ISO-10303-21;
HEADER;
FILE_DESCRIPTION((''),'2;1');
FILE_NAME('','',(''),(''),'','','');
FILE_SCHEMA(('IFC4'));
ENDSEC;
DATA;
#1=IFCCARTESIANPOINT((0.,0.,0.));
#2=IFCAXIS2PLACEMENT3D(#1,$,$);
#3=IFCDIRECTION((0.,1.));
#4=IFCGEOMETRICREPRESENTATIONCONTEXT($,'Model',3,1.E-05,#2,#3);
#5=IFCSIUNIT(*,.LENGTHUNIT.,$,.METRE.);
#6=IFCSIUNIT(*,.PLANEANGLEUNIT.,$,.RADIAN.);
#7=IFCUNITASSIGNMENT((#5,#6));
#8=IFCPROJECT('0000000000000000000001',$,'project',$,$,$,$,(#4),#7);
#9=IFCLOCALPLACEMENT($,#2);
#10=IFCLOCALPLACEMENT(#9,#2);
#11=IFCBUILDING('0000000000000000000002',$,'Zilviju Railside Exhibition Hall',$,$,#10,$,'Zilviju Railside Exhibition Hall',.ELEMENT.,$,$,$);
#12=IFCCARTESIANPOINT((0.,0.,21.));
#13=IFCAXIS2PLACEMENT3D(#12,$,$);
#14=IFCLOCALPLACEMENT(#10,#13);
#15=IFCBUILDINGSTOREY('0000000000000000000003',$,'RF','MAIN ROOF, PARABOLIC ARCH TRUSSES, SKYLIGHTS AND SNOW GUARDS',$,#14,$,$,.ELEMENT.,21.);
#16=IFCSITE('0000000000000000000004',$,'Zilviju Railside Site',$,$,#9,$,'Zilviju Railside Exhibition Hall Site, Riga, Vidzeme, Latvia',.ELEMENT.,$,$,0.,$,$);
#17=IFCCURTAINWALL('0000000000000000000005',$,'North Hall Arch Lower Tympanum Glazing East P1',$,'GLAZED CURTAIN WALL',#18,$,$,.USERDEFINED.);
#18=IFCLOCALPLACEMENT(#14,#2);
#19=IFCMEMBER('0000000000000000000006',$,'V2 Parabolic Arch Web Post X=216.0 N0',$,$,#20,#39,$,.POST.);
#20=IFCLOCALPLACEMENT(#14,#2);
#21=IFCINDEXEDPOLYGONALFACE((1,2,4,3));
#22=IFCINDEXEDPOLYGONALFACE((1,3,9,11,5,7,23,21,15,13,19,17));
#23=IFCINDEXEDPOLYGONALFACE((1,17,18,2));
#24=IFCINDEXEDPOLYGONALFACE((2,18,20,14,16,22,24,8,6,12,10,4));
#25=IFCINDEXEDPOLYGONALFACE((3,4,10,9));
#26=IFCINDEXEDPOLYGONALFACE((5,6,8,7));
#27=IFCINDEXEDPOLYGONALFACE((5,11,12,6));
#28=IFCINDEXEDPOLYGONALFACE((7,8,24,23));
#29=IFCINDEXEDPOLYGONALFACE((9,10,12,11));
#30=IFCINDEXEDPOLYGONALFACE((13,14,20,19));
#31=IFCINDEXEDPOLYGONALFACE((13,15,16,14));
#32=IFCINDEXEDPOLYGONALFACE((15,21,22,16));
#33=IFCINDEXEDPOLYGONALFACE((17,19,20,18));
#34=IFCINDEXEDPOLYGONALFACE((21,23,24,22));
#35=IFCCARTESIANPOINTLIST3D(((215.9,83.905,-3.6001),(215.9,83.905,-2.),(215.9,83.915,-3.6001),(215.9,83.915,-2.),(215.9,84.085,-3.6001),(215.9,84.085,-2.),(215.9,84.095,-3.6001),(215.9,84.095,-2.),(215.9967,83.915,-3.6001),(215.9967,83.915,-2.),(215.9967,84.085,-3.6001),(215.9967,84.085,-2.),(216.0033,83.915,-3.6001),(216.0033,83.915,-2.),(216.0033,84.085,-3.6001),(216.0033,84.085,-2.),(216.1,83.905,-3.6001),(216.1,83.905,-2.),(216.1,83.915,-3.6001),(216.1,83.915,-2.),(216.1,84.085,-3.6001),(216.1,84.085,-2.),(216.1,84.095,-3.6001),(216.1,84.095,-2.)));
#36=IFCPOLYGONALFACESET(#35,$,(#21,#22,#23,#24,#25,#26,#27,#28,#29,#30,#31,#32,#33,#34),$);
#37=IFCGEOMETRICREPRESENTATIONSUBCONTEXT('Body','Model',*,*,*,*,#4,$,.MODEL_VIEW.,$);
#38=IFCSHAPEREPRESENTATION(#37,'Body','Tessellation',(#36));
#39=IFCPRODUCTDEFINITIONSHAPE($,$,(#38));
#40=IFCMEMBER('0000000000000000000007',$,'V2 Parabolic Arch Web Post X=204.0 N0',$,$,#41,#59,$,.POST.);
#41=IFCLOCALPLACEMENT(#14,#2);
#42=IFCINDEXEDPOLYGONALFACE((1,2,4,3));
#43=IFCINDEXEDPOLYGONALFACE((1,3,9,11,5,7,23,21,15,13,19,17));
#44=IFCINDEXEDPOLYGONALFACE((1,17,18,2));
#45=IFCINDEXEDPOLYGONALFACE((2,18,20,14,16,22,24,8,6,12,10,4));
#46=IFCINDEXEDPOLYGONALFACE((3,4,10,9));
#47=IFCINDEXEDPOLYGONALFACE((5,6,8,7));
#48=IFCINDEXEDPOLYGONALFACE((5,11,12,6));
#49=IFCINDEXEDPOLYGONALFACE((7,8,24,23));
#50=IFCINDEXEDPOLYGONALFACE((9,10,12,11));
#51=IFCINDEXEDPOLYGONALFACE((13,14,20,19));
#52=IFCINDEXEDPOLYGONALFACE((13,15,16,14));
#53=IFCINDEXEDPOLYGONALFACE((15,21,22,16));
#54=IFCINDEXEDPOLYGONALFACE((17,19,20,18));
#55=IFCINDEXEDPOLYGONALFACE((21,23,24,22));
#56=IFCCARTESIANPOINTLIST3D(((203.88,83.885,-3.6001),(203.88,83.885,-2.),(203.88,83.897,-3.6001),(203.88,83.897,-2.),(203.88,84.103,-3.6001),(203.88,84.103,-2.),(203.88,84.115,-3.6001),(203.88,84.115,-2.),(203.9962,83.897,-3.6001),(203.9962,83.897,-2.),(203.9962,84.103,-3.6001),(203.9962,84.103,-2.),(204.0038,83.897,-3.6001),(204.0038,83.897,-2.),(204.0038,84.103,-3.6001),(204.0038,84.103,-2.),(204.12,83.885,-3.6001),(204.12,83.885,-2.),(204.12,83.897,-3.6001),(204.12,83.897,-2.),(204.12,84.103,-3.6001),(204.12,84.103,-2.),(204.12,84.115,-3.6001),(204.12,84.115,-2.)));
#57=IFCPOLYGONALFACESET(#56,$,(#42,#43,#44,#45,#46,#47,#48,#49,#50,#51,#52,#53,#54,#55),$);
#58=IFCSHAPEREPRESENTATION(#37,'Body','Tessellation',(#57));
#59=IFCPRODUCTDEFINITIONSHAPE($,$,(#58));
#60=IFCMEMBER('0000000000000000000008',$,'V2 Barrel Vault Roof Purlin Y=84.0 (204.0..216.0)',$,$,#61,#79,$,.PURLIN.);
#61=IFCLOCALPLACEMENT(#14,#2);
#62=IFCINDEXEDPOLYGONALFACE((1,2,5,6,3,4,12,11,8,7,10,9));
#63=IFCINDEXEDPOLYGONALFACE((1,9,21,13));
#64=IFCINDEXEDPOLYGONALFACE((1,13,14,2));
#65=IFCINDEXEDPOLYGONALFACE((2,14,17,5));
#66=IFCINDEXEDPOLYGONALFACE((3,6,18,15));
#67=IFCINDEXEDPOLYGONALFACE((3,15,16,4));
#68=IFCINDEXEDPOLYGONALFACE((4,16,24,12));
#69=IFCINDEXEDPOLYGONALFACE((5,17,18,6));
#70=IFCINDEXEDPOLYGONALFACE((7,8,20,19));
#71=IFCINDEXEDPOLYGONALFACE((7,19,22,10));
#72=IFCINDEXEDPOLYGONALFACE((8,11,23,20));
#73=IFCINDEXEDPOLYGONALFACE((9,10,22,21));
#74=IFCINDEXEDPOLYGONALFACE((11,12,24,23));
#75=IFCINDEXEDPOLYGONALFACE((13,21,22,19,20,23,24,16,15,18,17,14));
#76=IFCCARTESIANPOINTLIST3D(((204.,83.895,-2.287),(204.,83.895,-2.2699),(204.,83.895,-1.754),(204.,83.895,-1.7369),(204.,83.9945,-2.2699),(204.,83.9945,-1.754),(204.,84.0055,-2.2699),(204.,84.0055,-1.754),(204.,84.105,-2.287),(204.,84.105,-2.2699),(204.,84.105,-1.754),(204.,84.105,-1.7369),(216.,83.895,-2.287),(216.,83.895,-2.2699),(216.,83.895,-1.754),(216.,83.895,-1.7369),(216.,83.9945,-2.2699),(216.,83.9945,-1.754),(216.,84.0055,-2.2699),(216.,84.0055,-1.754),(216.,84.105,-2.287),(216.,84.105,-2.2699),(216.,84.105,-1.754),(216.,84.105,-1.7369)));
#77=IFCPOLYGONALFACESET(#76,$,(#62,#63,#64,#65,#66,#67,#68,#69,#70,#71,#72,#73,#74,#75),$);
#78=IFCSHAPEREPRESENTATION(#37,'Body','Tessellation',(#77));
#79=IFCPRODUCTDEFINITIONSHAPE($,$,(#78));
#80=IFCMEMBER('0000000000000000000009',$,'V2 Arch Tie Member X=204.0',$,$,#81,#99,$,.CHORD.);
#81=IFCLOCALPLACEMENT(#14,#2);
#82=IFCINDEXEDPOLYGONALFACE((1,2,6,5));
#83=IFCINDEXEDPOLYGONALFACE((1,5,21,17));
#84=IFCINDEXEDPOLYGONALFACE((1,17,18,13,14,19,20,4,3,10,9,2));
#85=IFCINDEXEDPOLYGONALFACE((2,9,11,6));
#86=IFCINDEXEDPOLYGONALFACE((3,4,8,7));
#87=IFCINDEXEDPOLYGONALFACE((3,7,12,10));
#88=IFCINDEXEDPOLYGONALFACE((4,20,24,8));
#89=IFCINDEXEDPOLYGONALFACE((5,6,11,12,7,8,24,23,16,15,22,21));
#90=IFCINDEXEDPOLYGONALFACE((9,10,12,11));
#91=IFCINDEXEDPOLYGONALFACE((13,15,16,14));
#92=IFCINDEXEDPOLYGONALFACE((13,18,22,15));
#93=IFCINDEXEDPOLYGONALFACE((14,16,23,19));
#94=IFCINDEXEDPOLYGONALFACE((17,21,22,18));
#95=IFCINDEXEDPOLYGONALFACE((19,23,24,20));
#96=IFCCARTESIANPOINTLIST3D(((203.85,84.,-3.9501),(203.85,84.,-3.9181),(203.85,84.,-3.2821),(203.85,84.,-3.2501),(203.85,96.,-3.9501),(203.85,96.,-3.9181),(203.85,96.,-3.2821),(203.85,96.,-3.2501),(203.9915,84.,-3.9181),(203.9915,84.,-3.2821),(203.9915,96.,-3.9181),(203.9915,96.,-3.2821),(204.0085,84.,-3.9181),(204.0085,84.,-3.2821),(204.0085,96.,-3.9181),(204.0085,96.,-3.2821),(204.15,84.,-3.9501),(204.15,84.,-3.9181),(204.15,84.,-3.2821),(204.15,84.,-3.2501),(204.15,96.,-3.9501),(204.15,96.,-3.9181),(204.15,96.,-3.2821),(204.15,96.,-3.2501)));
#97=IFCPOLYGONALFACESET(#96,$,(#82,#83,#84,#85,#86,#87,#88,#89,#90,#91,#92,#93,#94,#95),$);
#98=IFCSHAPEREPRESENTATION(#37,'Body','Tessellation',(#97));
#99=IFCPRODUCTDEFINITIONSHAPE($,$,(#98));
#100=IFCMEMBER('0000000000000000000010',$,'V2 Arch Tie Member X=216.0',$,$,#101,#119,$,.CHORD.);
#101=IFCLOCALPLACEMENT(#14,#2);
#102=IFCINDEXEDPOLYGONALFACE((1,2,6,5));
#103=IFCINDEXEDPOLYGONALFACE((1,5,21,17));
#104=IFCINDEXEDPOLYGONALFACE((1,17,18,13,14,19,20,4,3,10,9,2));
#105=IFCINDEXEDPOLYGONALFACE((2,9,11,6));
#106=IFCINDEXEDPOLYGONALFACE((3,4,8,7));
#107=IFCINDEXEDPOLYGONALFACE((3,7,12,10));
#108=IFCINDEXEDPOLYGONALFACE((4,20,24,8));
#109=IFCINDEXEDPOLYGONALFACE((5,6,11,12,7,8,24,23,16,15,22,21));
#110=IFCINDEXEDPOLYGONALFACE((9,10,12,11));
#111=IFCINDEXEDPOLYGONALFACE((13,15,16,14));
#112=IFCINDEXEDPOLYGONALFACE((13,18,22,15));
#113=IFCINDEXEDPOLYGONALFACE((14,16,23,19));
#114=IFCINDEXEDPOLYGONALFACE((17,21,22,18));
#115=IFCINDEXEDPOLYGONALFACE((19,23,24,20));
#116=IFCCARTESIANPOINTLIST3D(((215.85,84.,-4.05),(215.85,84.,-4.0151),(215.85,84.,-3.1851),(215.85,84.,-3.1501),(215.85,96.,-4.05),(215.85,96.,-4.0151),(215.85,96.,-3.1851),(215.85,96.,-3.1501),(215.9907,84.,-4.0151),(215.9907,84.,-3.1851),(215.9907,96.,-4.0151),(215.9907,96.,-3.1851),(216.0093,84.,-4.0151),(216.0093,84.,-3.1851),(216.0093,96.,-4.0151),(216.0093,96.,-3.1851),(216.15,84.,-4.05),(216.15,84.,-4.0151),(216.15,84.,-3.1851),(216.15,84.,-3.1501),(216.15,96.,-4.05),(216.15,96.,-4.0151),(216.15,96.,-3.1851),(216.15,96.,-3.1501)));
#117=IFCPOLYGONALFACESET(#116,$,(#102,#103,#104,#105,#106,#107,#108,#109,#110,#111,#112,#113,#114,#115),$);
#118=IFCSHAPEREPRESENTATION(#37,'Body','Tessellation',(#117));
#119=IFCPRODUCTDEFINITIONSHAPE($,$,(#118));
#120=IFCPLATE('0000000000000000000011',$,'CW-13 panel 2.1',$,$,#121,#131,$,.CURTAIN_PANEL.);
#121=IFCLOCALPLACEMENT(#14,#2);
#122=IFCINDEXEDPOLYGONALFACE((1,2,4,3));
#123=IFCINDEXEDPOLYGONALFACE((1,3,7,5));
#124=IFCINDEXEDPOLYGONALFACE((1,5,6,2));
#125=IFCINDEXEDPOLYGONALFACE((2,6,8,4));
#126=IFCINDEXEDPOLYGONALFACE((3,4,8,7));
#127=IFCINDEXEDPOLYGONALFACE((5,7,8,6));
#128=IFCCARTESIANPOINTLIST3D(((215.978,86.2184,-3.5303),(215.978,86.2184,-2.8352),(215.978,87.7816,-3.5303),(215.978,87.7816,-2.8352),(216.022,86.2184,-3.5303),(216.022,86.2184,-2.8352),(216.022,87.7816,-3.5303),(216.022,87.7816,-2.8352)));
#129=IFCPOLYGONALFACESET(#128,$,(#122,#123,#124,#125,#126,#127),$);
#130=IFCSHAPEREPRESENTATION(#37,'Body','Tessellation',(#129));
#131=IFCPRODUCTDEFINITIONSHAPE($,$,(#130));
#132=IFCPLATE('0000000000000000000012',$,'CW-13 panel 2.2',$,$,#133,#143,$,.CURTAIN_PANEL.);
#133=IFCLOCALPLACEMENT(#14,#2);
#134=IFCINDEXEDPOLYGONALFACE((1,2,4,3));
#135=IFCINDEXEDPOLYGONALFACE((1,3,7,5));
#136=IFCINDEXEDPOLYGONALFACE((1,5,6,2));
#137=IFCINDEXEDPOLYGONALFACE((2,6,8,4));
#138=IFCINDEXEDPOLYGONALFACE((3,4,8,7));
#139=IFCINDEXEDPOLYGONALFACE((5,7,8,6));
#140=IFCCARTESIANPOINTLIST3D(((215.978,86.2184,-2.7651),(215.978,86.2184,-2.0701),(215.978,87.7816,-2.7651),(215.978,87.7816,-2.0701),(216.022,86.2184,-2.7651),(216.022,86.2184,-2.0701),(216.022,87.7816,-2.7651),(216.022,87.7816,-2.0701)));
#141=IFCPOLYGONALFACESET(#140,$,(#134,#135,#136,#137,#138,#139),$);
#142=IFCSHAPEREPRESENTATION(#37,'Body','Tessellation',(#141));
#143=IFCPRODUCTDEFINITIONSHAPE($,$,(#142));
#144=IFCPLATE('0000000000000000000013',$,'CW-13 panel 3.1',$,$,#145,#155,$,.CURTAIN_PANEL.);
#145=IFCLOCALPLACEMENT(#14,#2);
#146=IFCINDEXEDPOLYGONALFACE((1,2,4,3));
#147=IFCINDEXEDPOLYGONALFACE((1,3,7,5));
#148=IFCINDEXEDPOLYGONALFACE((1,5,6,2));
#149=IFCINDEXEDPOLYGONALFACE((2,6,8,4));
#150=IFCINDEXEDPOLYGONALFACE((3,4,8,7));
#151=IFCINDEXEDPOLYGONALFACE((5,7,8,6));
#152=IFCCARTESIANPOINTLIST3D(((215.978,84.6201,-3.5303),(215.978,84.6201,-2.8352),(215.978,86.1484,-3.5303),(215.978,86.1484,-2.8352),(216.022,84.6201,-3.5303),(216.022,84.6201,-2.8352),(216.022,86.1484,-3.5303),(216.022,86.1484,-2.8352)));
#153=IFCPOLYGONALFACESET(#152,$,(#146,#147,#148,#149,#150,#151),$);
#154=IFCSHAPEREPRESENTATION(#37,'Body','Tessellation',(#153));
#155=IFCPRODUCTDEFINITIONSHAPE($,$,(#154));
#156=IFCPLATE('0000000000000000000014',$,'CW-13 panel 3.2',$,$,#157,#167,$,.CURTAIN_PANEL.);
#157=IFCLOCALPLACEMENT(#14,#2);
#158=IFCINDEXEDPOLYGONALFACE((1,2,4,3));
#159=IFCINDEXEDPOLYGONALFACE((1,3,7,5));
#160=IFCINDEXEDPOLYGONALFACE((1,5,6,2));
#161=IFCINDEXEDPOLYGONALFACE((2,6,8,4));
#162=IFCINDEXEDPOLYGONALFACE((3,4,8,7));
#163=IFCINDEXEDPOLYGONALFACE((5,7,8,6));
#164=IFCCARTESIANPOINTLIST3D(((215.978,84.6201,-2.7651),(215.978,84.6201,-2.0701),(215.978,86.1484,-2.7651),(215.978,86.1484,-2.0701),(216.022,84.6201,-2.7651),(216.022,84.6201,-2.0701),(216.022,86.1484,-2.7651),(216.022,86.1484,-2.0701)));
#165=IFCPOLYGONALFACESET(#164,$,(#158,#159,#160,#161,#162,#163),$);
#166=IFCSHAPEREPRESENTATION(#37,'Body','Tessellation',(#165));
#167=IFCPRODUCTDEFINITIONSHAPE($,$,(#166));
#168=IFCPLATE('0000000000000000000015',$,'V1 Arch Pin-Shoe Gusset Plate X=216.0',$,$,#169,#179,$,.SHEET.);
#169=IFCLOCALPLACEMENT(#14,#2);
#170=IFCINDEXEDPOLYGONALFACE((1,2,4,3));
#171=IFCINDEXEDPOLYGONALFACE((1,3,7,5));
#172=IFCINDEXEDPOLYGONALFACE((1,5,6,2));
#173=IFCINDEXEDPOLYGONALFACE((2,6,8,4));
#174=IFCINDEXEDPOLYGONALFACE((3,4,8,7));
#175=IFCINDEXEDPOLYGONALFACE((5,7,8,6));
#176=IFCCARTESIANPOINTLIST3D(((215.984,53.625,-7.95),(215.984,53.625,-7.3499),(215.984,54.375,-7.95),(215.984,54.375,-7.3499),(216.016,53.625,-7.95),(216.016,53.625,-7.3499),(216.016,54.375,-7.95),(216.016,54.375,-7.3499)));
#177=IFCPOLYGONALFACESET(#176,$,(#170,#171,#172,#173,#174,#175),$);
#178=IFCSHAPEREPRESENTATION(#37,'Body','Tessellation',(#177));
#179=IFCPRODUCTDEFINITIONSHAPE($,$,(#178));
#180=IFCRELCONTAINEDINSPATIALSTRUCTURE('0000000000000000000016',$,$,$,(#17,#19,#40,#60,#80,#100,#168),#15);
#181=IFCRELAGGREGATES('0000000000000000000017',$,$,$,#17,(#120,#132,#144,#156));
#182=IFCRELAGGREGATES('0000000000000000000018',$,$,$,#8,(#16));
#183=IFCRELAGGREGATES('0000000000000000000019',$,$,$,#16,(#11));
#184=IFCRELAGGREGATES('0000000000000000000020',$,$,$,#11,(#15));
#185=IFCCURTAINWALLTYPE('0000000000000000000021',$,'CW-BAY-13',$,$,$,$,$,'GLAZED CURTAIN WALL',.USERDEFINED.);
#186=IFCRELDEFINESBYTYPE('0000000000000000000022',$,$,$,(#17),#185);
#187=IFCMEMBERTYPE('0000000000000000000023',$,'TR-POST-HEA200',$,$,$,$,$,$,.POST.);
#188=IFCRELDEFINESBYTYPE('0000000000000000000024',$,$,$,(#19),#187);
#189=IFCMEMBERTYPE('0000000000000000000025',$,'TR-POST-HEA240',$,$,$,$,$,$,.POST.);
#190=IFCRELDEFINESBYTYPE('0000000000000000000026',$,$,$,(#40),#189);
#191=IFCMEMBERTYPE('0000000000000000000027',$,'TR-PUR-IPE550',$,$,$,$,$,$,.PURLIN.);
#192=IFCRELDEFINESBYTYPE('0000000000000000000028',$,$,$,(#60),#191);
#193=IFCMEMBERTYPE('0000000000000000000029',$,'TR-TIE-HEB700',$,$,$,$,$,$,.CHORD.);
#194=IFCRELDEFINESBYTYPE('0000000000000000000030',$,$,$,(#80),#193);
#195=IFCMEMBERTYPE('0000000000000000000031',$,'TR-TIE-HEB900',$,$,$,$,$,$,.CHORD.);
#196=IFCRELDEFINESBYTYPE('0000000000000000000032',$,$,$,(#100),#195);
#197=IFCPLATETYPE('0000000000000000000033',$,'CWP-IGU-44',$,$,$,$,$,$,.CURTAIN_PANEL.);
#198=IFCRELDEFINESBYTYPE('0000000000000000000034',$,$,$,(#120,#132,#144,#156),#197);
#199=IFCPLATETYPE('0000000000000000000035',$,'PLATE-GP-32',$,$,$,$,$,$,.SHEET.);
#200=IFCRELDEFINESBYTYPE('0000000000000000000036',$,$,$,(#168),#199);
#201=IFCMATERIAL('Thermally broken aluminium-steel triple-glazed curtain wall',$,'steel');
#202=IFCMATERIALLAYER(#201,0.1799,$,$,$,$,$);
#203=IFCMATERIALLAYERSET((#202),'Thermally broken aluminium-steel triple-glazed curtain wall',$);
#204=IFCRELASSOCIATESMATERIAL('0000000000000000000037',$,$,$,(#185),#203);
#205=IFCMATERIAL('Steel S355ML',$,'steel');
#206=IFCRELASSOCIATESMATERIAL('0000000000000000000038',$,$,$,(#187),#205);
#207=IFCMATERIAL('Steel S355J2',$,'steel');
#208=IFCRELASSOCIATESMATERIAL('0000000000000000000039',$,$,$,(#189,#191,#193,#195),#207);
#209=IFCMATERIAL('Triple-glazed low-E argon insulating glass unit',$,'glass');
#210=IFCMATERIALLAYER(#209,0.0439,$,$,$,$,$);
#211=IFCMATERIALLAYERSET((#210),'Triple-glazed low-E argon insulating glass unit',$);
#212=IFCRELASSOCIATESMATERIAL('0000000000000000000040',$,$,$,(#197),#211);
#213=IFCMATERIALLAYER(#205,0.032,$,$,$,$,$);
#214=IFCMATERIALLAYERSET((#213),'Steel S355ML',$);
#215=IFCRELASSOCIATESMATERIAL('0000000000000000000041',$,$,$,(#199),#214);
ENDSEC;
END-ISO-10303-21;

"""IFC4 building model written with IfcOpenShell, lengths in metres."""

from ifc_helpers import new_model, si_unit, direction, frame, origin, origin_2d, place, context, subcontext, project, spatial, rectangle, i_section, extrude, material, layer, layer_set, material_profile, profile_set, type_object, element, aggregate, save


model = new_model("IFC4")

# Units and contexts
model_context = context("Model", 3, precision=1e-05, world=origin(), true_north=direction((0.0, 1.0)))
body_context = subcontext(model_context, "Body", "Model", "MODEL_VIEW")
ifc_project = project(units=[si_unit("LENGTHUNIT", "METRE"), si_unit("PLANEANGLEUNIT", "RADIAN")], contexts=[model_context])

# Site, building, storey
site_placement = place(None, origin())
site = spatial("IfcSite", under=ifc_project, at=site_placement, Name="Zilviju Railside Site", LongName="Zilviju Railside Exhibition Hall Site, Riga, Vidzeme, Latvia", CompositionType="ELEMENT", RefElevation=0.0)
building_placement = place(site_placement, origin())
building = spatial("IfcBuilding", under=site, at=building_placement, Name="Zilviju Railside Exhibition Hall", LongName="Zilviju Railside Exhibition Hall", CompositionType="ELEMENT")
storey_placement = place(building_placement, frame((0.0, 0.0, 21.0)))
storey = spatial("IfcBuildingStorey", under=building, at=storey_placement, Name="RF", Description="MAIN ROOF, PARABOLIC ARCH TRUSSES, SKYLIGHTS AND SNOW GUARDS", CompositionType="ELEMENT", Elevation=21.0)

# Shared definitions
ifc_material_1 = material(Name="Thermally broken aluminium-steel triple-glazed curtain wall", Category="steel")

# Curtain wall
ifc_layer_1 = layer(ifc_material_1, 0.1799)
ifc_layer_set_1 = layer_set([ifc_layer_1], Name="Thermally broken aluminium-steel triple-glazed curtain wall")
curtain_wall_type_1 = type_object("IfcCurtainWallType", Name="CW-BAY-13", ElementType="GLAZED CURTAIN WALL", PredefinedType="USERDEFINED", material=ifc_layer_set_1)
curtain_wall_1_placement = place(storey_placement, origin())
curtain_wall_1 = element("IfcCurtainWall", 1, at=curtain_wall_1_placement, inside=storey, type_object=curtain_wall_type_1, Name="North Hall Arch Lower Tympanum Glazing East P1", ObjectType="GLAZED CURTAIN WALL", PredefinedType="USERDEFINED")

# Members
ifc_material_2 = material(Name="Steel S355J2", Category="steel")
ifc_material_3 = material(Name="Steel S355ML", Category="steel")
ifc_material_profile_1 = material_profile(ifc_material_3, i_section(OverallWidth=0.2, OverallDepth=0.1899, WebThickness=0.0066, FlangeThickness=0.01, at=origin_2d()), Name="HEA 200")
ifc_profile_set_1 = profile_set([ifc_material_profile_1], Name="Steel S355ML")
member_type_1 = type_object("IfcMemberType", Name="TR-POST-HEA200", PredefinedType="POST", material=ifc_profile_set_1)
for number, where, z_axis, x_axis, name in (
    (2, (216.0, 84.0, -3.6001), (0.0, 0.0, 1.0), (1.0, 0.0, 0.0), "V2 Parabolic Arch Web Post X=216.0 N0"),
):
    element("IfcMember", number, at=place(storey_placement, frame(where, z_axis=z_axis, x_axis=x_axis)), inside=storey, type_object=member_type_1, Name=name, PredefinedType="POST", context=body_context, shape_type="SweptSolid", body=[
        extrude(i_section(OverallWidth=0.2, OverallDepth=0.1899, WebThickness=0.0066, FlangeThickness=0.01, at=origin_2d()), origin(), (0.0, 0.0, 1.0), 1.6001),
    ])
ifc_material_profile_2 = material_profile(ifc_material_2, i_section(OverallWidth=0.24, OverallDepth=0.23, WebThickness=0.0076, FlangeThickness=0.012, at=origin_2d()), Name="HEA 240")
ifc_profile_set_2 = profile_set([ifc_material_profile_2], Name="Steel S355J2")
member_type_2 = type_object("IfcMemberType", Name="TR-POST-HEA240", PredefinedType="POST", material=ifc_profile_set_2)
member_1_placement = place(storey_placement, frame((204.0, 84.0, -3.6001), z_axis=(0.0, 0.0, 1.0), x_axis=(1.0, 0.0, 0.0)))
element("IfcMember", 3, at=member_1_placement, inside=storey, type_object=member_type_2, Name="V2 Parabolic Arch Web Post X=204.0 N0", PredefinedType="POST", context=body_context, shape_type="SweptSolid", body=[
    extrude(i_section(OverallWidth=0.24, OverallDepth=0.23, WebThickness=0.0076, FlangeThickness=0.012, at=origin_2d()), origin(), (0.0, 0.0, 1.0), 1.6001),
])
ifc_material_profile_3 = material_profile(ifc_material_2, i_section(OverallWidth=0.21, OverallDepth=0.55, WebThickness=0.011, FlangeThickness=0.0171, at=origin_2d()), Name="IPE 550")
ifc_profile_set_3 = profile_set([ifc_material_profile_3], Name="Steel S355J2")
member_type_3 = type_object("IfcMemberType", Name="TR-PUR-IPE550", PredefinedType="PURLIN", material=ifc_profile_set_3)
member_2_placement = place(storey_placement, frame((204.0, 84.0, -2.012), z_axis=(1.0, 0.0, 0.0), x_axis=(0.0, 1.0, 0.0)))
element("IfcMember", 4, at=member_2_placement, inside=storey, type_object=member_type_3, Name="V2 Barrel Vault Roof Purlin Y=84.0 (204.0..216.0)", PredefinedType="PURLIN", context=body_context, shape_type="SweptSolid", body=[
    extrude(i_section(OverallWidth=0.21, OverallDepth=0.55, WebThickness=0.011, FlangeThickness=0.0171, at=origin_2d()), origin(), (0.0, 0.0, 1.0), 12.0),
])
ifc_material_profile_4 = material_profile(ifc_material_2, i_section(OverallWidth=0.3, OverallDepth=0.7, WebThickness=0.0171, FlangeThickness=0.032, at=origin_2d()), Name="HEB 700")
ifc_profile_set_4 = profile_set([ifc_material_profile_4], Name="Steel S355J2")
member_type_4 = type_object("IfcMemberType", Name="TR-TIE-HEB700", PredefinedType="CHORD", material=ifc_profile_set_4)
member_3_placement = place(storey_placement, frame((204.0, 84.0, -3.6001), z_axis=(0.0, 1.0, 0.0), x_axis=(-1.0, 0.0, 0.0)))
element("IfcMember", 5, at=member_3_placement, inside=storey, type_object=member_type_4, Name="V2 Arch Tie Member X=204.0", PredefinedType="CHORD", context=body_context, shape_type="SweptSolid", body=[
    extrude(i_section(OverallWidth=0.3, OverallDepth=0.7, WebThickness=0.0171, FlangeThickness=0.032, at=origin_2d()), origin(), (0.0, 0.0, 1.0), 12.0),
])
ifc_material_profile_5 = material_profile(ifc_material_2, i_section(OverallWidth=0.3, OverallDepth=0.8999, WebThickness=0.0186, FlangeThickness=0.0349, at=origin_2d()), Name="HEB 900")
ifc_profile_set_5 = profile_set([ifc_material_profile_5], Name="Steel S355J2")
member_type_5 = type_object("IfcMemberType", Name="TR-TIE-HEB900", PredefinedType="CHORD", material=ifc_profile_set_5)
member_4_placement = place(storey_placement, frame((216.0, 84.0, -3.6001), z_axis=(0.0, 1.0, 0.0), x_axis=(-1.0, 0.0, 0.0)))
element("IfcMember", 6, at=member_4_placement, inside=storey, type_object=member_type_5, Name="V2 Arch Tie Member X=216.0", PredefinedType="CHORD", context=body_context, shape_type="SweptSolid", body=[
    extrude(i_section(OverallWidth=0.3, OverallDepth=0.8999, WebThickness=0.0186, FlangeThickness=0.0349, at=origin_2d()), origin(), (0.0, 0.0, 1.0), 12.0),
])

# Plates
ifc_material_4 = material(Name="Triple-glazed low-E argon insulating glass unit", Category="glass")
ifc_layer_2 = layer(ifc_material_4, 0.0439)
ifc_layer_set_2 = layer_set([ifc_layer_2], Name="Triple-glazed low-E argon insulating glass unit")
plate_type_1 = type_object("IfcPlateType", Name="CWP-IGU-44", PredefinedType="CURTAIN_PANEL", material=ifc_layer_set_2)
plate_1_placement = place(storey_placement, frame((216.0, 87.0, -3.5303), z_axis=(0.0, 0.0, 1.0), x_axis=(0.0, -1.0, 0.0)))
plate_1 = element("IfcPlate", 7, at=plate_1_placement, type_object=plate_type_1, Name="CW-13 panel 2.1", PredefinedType="CURTAIN_PANEL", context=body_context, shape_type="SweptSolid", body=[
    extrude(rectangle(XDim=1.5632, YDim=0.0439, at=origin_2d()), origin(), (0.0, 0.0, 1.0), 0.6951),
])
plate_2_placement = place(storey_placement, frame((216.0, 87.0, -2.7651), z_axis=(0.0, 0.0, 1.0), x_axis=(0.0, -1.0, 0.0)))
plate_2 = element("IfcPlate", 8, at=plate_2_placement, type_object=plate_type_1, Name="CW-13 panel 2.2", PredefinedType="CURTAIN_PANEL", context=body_context, shape_type="SweptSolid", body=[
    extrude(rectangle(XDim=1.5632, YDim=0.0439, at=origin_2d()), origin(), (0.0, 0.0, 1.0), 0.6951),
])
plate_3_placement = place(storey_placement, frame((216.0, 85.3843, -3.5303), z_axis=(0.0, 0.0, 1.0), x_axis=(0.0, -1.0, 0.0)))
plate_3 = element("IfcPlate", 9, at=plate_3_placement, type_object=plate_type_1, Name="CW-13 panel 3.1", PredefinedType="CURTAIN_PANEL", context=body_context, shape_type="SweptSolid", body=[
    extrude(rectangle(XDim=1.5283, YDim=0.0439, at=origin_2d()), origin(), (0.0, 0.0, 1.0), 0.6951),
])
plate_4_placement = place(storey_placement, frame((216.0, 85.3843, -2.7651), z_axis=(0.0, 0.0, 1.0), x_axis=(0.0, -1.0, 0.0)))
plate_4 = element("IfcPlate", 10, at=plate_4_placement, type_object=plate_type_1, Name="CW-13 panel 3.2", PredefinedType="CURTAIN_PANEL", context=body_context, shape_type="SweptSolid", body=[
    extrude(rectangle(XDim=1.5283, YDim=0.0439, at=origin_2d()), origin(), (0.0, 0.0, 1.0), 0.6951),
])
aggregate(curtain_wall_1, [plate_1, plate_2, plate_3, plate_4])

# Plate
ifc_layer_3 = layer(ifc_material_3, 0.032)
ifc_layer_set_3 = layer_set([ifc_layer_3], Name="Steel S355ML")
plate_type_2 = type_object("IfcPlateType", Name="PLATE-GP-32", PredefinedType="SHEET", material=ifc_layer_set_3)
plate_5_placement = place(storey_placement, frame((216.0, 54.0, -7.95), z_axis=(0.0, 0.0, 1.0), x_axis=(1.0, 0.0, 0.0)))
element("IfcPlate", 11, at=plate_5_placement, inside=storey, type_object=plate_type_2, Name="V1 Arch Pin-Shoe Gusset Plate X=216.0", PredefinedType="SHEET", context=body_context, shape_type="SweptSolid", body=[
    extrude(rectangle(XDim=0.032, YDim=0.75, at=origin_2d()), origin(), (0.0, 0.0, 1.0), 0.6001),
])

save(model, "model.ifc")
